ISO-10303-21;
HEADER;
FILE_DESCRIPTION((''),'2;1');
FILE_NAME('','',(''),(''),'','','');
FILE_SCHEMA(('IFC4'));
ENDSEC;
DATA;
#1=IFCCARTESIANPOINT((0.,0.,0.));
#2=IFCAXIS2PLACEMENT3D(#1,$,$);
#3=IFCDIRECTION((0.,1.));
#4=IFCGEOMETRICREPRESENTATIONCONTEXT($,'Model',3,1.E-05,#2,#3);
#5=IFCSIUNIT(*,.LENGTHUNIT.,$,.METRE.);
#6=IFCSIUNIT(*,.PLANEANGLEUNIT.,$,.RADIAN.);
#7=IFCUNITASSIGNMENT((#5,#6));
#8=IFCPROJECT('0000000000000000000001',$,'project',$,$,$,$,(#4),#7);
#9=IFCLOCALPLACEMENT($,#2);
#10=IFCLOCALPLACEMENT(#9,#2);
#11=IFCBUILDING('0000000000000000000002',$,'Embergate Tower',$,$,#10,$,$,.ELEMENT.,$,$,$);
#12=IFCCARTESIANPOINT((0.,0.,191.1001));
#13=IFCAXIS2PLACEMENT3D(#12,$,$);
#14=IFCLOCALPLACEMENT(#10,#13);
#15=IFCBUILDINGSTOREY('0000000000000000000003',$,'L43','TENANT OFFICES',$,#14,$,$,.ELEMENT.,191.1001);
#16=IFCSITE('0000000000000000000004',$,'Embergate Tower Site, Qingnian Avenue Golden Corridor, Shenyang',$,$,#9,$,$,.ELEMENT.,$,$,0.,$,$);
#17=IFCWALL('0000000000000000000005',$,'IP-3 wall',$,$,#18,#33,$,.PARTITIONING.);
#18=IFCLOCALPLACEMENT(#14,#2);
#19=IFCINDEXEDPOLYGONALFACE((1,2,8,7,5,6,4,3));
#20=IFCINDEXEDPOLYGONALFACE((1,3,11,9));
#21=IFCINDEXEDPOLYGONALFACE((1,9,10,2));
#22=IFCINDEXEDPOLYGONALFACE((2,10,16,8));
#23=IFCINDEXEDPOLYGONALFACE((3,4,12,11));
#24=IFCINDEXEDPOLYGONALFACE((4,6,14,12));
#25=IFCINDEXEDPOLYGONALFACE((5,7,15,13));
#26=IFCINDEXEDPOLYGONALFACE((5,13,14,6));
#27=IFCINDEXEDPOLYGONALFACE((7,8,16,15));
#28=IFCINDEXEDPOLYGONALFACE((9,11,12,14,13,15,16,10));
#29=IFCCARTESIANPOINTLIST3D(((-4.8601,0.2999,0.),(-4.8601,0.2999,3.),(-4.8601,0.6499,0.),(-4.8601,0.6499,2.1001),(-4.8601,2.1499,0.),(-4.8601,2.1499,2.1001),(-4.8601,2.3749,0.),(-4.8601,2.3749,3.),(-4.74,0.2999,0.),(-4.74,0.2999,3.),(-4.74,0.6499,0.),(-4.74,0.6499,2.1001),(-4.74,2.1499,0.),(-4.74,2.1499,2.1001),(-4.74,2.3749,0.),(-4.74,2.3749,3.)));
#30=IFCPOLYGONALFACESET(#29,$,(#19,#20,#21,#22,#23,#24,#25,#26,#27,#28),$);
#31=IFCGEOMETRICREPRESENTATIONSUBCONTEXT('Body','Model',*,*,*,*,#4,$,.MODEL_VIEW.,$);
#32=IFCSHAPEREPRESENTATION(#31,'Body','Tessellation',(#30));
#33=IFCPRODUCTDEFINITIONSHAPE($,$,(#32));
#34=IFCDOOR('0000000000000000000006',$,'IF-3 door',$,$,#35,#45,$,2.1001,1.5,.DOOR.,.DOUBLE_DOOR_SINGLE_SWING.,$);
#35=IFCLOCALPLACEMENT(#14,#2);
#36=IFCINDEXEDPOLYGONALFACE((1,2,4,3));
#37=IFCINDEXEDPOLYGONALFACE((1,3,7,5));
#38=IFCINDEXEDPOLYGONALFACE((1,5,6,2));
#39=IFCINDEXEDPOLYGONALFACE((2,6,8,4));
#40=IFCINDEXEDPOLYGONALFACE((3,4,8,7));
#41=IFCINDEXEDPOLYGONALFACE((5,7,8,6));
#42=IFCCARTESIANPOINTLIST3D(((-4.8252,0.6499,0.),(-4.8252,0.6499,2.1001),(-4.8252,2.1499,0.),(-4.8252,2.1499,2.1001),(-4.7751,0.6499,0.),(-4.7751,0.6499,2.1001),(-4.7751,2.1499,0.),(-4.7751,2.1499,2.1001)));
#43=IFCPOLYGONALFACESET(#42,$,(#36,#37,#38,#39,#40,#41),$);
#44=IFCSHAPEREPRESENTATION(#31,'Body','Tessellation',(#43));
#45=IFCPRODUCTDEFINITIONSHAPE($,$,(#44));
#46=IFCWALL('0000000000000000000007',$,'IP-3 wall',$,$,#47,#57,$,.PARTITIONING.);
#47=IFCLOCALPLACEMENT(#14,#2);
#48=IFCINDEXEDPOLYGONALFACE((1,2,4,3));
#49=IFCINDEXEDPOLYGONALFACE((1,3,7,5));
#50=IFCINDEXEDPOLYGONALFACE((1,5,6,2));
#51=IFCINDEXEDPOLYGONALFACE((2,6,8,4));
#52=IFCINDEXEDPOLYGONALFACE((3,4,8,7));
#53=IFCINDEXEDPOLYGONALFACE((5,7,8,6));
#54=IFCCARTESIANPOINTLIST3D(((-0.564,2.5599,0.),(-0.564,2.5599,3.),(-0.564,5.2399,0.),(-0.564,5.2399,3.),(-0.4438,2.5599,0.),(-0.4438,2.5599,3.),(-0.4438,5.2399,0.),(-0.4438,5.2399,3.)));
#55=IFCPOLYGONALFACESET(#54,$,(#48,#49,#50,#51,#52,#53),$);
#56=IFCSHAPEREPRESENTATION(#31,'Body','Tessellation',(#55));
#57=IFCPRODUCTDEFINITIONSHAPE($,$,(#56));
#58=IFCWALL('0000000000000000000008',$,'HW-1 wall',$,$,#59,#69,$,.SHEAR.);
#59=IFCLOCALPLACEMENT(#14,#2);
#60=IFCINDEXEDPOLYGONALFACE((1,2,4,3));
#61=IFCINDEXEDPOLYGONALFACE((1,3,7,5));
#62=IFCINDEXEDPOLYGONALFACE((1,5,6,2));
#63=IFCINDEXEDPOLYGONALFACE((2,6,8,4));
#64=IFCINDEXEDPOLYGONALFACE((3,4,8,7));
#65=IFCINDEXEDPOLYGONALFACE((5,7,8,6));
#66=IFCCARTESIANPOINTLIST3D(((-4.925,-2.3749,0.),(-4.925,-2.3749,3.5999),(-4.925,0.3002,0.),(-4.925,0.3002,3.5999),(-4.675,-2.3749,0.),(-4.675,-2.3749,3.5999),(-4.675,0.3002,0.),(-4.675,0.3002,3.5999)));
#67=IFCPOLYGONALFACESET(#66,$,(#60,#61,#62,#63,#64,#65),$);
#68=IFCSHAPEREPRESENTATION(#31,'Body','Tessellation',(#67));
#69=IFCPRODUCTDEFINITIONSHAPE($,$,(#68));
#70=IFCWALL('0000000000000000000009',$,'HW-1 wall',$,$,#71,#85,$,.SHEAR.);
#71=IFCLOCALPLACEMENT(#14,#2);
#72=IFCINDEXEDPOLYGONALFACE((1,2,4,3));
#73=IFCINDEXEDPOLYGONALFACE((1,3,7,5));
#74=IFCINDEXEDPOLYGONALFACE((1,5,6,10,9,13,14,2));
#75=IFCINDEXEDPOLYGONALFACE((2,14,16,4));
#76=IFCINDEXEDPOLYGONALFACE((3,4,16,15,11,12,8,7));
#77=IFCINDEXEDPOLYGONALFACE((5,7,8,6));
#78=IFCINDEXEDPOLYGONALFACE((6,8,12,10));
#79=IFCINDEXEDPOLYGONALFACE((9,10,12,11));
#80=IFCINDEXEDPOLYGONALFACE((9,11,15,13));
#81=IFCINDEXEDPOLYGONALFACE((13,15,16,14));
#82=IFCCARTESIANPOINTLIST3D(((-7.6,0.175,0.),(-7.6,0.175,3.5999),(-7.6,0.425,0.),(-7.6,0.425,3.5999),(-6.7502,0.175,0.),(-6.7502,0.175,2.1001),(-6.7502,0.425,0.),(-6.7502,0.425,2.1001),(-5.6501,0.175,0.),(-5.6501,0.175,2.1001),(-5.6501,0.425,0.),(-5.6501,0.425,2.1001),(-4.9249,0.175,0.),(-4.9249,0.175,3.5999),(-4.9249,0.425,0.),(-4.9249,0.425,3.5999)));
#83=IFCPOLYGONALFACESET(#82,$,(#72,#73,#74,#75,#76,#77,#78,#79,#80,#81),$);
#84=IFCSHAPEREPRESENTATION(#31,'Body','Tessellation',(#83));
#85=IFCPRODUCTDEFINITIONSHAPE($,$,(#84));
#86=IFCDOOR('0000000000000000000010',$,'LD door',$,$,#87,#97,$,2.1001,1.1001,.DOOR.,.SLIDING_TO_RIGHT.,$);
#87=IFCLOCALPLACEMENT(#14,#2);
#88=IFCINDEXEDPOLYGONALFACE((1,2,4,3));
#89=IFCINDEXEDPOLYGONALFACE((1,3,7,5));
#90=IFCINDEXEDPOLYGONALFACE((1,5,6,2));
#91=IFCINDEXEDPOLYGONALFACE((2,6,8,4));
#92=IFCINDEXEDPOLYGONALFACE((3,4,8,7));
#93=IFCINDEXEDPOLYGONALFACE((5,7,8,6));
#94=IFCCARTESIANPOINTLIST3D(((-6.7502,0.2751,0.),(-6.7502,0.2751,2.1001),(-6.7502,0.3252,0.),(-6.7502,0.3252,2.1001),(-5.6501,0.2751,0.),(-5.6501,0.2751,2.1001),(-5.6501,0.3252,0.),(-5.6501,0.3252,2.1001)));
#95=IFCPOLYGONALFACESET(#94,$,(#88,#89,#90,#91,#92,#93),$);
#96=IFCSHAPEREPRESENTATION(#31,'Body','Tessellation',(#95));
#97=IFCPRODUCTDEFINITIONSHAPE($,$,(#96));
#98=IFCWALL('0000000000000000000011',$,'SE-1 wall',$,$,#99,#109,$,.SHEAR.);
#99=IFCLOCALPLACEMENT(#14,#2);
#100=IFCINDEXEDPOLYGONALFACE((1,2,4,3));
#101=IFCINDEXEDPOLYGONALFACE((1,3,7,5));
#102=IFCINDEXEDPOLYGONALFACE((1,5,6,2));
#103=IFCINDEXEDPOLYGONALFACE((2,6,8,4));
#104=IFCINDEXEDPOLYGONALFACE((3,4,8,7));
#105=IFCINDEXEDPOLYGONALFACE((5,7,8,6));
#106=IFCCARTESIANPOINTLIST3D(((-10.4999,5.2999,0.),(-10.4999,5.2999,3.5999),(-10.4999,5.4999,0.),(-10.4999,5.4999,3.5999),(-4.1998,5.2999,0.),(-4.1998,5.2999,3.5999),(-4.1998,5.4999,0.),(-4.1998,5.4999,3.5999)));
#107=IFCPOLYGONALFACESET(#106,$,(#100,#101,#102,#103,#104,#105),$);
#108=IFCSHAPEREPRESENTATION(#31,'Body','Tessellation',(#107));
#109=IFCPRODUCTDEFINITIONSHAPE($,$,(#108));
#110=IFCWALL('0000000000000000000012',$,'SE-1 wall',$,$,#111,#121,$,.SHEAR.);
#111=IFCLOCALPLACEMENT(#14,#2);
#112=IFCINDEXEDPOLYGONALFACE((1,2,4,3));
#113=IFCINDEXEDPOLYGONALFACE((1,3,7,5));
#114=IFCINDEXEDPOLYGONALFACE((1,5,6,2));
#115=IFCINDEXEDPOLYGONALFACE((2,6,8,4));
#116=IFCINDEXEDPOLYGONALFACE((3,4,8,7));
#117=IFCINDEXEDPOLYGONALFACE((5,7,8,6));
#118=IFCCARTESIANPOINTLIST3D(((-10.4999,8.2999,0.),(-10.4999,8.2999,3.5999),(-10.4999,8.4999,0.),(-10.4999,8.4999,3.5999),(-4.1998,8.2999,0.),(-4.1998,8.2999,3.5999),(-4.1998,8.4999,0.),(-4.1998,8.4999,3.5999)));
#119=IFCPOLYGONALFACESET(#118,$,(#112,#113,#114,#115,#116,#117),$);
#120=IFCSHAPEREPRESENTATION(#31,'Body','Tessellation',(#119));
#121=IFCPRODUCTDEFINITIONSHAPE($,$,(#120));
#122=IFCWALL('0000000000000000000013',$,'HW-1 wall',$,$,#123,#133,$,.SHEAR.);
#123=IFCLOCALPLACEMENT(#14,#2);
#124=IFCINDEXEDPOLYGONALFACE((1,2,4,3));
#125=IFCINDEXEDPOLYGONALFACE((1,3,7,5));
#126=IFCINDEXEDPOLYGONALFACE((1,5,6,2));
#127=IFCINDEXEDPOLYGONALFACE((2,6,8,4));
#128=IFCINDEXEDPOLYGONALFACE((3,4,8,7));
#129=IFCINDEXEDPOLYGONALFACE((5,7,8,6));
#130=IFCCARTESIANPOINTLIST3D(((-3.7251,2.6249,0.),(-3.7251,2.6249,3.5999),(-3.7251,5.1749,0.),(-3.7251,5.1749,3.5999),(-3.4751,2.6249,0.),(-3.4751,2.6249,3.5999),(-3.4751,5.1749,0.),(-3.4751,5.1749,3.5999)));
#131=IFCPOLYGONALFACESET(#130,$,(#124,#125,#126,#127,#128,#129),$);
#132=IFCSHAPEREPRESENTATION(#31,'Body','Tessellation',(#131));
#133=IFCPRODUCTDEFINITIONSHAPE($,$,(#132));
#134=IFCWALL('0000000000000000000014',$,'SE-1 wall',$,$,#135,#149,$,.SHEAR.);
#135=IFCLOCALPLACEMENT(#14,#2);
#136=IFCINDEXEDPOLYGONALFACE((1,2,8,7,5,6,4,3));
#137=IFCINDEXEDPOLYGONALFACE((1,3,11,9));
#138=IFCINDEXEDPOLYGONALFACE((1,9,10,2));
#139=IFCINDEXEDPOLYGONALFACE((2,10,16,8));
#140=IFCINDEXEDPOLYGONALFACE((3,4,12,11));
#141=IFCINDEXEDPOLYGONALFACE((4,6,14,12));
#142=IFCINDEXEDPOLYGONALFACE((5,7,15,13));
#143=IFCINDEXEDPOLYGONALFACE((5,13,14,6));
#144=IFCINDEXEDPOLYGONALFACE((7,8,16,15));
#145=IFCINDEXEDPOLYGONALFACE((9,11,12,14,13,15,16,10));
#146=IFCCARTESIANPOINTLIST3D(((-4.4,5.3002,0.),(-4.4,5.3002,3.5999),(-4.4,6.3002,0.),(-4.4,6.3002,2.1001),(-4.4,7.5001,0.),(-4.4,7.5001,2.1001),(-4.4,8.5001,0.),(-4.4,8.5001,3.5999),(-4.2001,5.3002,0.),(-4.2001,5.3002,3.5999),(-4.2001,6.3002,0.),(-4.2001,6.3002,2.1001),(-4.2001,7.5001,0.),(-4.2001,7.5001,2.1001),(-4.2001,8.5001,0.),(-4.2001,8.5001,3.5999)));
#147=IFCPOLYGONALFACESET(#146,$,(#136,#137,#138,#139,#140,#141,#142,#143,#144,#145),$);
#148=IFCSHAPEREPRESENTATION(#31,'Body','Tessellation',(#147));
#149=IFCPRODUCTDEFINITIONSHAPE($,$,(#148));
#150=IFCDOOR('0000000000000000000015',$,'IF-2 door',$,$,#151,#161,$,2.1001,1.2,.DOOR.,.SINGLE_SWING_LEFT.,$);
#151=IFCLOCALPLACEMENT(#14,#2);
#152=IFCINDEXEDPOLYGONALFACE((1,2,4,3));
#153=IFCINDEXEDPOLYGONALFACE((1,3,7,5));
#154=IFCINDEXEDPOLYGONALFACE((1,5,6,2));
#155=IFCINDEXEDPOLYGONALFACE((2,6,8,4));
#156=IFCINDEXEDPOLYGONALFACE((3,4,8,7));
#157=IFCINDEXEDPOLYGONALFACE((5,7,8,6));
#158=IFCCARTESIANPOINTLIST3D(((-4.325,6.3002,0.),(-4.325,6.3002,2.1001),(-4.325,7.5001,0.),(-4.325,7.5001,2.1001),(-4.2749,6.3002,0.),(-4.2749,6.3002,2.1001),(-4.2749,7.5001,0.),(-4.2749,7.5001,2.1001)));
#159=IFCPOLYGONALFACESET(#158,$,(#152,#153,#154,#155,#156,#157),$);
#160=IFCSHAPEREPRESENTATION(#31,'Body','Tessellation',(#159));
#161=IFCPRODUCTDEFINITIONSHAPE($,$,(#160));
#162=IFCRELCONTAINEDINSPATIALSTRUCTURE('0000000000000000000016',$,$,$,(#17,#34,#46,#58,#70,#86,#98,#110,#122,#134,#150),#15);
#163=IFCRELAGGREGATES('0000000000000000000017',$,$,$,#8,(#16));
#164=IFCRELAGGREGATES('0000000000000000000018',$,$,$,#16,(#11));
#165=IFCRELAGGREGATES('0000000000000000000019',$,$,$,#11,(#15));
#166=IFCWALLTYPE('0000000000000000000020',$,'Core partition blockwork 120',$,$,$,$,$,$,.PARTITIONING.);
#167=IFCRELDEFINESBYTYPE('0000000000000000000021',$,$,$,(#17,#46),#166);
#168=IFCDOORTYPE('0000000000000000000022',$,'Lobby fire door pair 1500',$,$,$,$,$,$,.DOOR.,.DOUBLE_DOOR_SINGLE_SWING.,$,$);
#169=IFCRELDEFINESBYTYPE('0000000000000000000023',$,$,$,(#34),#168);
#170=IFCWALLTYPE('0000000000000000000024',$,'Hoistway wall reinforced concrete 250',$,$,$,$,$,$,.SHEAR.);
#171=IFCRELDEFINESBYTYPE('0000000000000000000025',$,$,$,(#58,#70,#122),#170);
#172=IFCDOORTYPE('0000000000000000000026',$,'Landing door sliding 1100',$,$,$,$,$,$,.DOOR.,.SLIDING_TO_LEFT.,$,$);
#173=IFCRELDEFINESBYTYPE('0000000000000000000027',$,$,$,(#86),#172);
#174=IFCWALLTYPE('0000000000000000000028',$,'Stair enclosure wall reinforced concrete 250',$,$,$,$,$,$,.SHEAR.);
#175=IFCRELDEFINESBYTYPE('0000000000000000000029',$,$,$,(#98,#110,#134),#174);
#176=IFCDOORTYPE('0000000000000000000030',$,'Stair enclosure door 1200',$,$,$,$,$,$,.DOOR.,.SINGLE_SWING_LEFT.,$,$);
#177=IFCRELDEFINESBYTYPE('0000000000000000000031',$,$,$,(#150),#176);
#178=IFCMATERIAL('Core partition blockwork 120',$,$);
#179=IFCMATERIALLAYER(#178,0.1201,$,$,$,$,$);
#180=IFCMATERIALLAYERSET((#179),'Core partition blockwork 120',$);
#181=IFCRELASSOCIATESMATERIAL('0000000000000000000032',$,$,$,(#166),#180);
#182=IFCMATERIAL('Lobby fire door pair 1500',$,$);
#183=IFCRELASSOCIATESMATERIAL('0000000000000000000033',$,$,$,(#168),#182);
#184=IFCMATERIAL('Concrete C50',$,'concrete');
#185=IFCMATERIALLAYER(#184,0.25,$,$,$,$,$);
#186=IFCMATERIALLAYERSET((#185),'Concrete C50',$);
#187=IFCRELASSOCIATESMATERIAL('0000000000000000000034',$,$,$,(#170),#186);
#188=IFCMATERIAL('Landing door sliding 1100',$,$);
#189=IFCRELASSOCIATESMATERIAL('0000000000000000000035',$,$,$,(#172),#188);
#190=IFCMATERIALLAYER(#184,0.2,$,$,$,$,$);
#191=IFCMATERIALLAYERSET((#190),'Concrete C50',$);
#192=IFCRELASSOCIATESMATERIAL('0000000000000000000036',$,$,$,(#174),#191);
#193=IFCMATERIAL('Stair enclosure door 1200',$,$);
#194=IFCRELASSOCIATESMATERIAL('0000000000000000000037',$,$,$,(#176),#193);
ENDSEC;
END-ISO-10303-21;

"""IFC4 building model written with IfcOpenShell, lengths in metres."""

from ifc_helpers import new_model, si_unit, direction, frame, frame_2d, origin, place, context, subcontext, project, spatial, rectangle, extrude, source, transform, mapped, material, layer, layer_set, type_object, element, fill, save


model = new_model("IFC4")

# Units and contexts
model_context = context("Model", 3, precision=1e-05, world=origin(), true_north=direction((0.0, 1.0)))
body_context = subcontext(model_context, "Body", "Model", "MODEL_VIEW")
ifc_project = project(units=[si_unit("LENGTHUNIT", "METRE"), si_unit("PLANEANGLEUNIT", "RADIAN")], contexts=[model_context])

# Site, building, storey
site_placement = place(None, origin())
site = spatial("IfcSite", under=ifc_project, at=site_placement, Name="Embergate Tower Site, Qingnian Avenue Golden Corridor, Shenyang", CompositionType="ELEMENT", RefElevation=0.0)
building_placement = place(site_placement, origin())
building = spatial("IfcBuilding", under=site, at=building_placement, Name="Embergate Tower", CompositionType="ELEMENT")
storey_placement = place(building_placement, frame((0.0, 0.0, 191.1001)))
storey = spatial("IfcBuildingStorey", under=building, at=storey_placement, Name="L43", Description="TENANT OFFICES", CompositionType="ELEMENT", Elevation=191.1001)

# Wall, opening, door
ifc_material_1 = material(Name="Core partition blockwork 120")
ifc_layer_1 = layer(ifc_material_1, 0.1201)
ifc_layer_set_1 = layer_set([ifc_layer_1], Name="Core partition blockwork 120")
wall_type_1 = type_object("IfcWallType", Name="Core partition blockwork 120", PredefinedType="PARTITIONING", material=ifc_layer_set_1)
shared_shape_1 = source(origin(), body_context, "Body", "SweptSolid", [
    extrude(rectangle(XDim=2.075, YDim=0.1201, at=frame_2d((1.0376, 0.0))), origin(), (0.0, 0.0, 1.0), 3.0),
])
wall_1_placement = place(storey_placement, frame((-4.8, 2.375, 0.0), z_axis=(0.0, 0.0, 1.0), x_axis=(0.0, -1.0, 0.0)))
wall_1 = element("IfcWall", 1, at=wall_1_placement, inside=storey, type_object=wall_type_1, Name="IP-3 wall", PredefinedType="PARTITIONING", context=body_context, shape_type="MappedRepresentation", body=[
    mapped(shared_shape_1, transform((0.0, 0.0, 0.0))),
])
shared_shape_2 = source(origin(), body_context, "Body", "SweptSolid", [
    extrude(rectangle(XDim=1.5, YDim=2.1001, at=frame_2d((0.75, 1.05))), frame((0.0, 0.0701, 0.0), z_axis=(0.0, -1.0, 0.0), x_axis=(1.0, 0.0, 0.0)), (0.0, 0.0, 1.0), 0.1401),
])
opening_1_placement = place(wall_1_placement, frame((0.2251, 0.0, 0.0)))
opening_1 = element("IfcOpeningElement", 2, at=opening_1_placement, cuts=wall_1, PredefinedType="OPENING", context=body_context, shape_type="MappedRepresentation", body=[
    mapped(shared_shape_2, transform((0.0, 0.0, 0.0))),
])
ifc_material_2 = material(Name="Lobby fire door pair 1500")
door_type_1 = type_object("IfcDoorType", Name="Lobby fire door pair 1500", OperationType="DOUBLE_DOOR_SINGLE_SWING", PredefinedType="DOOR", material=ifc_material_2)
shared_shape_3 = source(origin(), body_context, "Body", "SweptSolid", [
    extrude(rectangle(XDim=1.5, YDim=2.1001, at=frame_2d((0.75, 1.05))), frame((0.0, 0.0249, 0.0), z_axis=(0.0, -1.0, 0.0), x_axis=(1.0, 0.0, 0.0)), (0.0, 0.0, 1.0), 0.05),
])
door_1_placement = place(opening_1_placement, origin())
door_1 = element("IfcDoor", 3, at=door_1_placement, inside=storey, type_object=door_type_1, Name="IF-3 door", OperationType="DOUBLE_DOOR_SINGLE_SWING", OverallHeight=2.1001, OverallWidth=1.5, PredefinedType="DOOR", context=body_context, shape_type="MappedRepresentation", body=[
    mapped(shared_shape_3, transform((0.0, 0.0, 0.0))),
])
fill(opening_1, door_1)

# Walls
shared_shape_4 = source(origin(), body_context, "Body", "SweptSolid", [
    extrude(rectangle(XDim=2.6799, YDim=0.1201, at=frame_2d((1.3398, 0.0))), origin(), (0.0, 0.0, 1.0), 3.0),
])
wall_2_placement = place(storey_placement, frame((-0.5039, 2.5601, 0.0), z_axis=(0.0, 0.0, 1.0), x_axis=(0.0, 1.0, 0.0)))
element("IfcWall", 4, at=wall_2_placement, inside=storey, type_object=wall_type_1, Name="IP-3 wall", PredefinedType="PARTITIONING", context=body_context, shape_type="MappedRepresentation", body=[
    mapped(shared_shape_4, transform((0.0, 0.0, 0.0))),
])
ifc_material_3 = material(Name="Concrete C50", Category="concrete")
ifc_layer_2 = layer(ifc_material_3, 0.25)
ifc_layer_set_2 = layer_set([ifc_layer_2], Name="Concrete C50")
wall_type_2 = type_object("IfcWallType", Name="Hoistway wall reinforced concrete 250", PredefinedType="SHEAR", material=ifc_layer_set_2)
shared_shape_5 = source(origin(), body_context, "Body", "SweptSolid", [
    extrude(rectangle(XDim=2.675, YDim=0.25, at=frame_2d((1.3374, 0.0))), origin(), (0.0, 0.0, 1.0), 3.5999),
])
wall_3_placement = place(storey_placement, frame((-4.8, 0.3, 0.0), z_axis=(0.0, 0.0, 1.0), x_axis=(0.0, -1.0, 0.0)))
element("IfcWall", 5, at=wall_3_placement, inside=storey, type_object=wall_type_2, Name="HW-1 wall", PredefinedType="SHEAR", context=body_context, shape_type="MappedRepresentation", body=[
    mapped(shared_shape_5, transform((0.0, 0.0, 0.0))),
])

# Wall, opening, door
wall_4_placement = place(storey_placement, frame((-4.925, 0.3, 0.0), z_axis=(0.0, 0.0, 1.0), x_axis=(-1.0, 0.0, 0.0)))
wall_4 = element("IfcWall", 6, at=wall_4_placement, inside=storey, type_object=wall_type_2, Name="HW-1 wall", PredefinedType="SHEAR", context=body_context, shape_type="MappedRepresentation", body=[
    mapped(shared_shape_5, transform((0.0, 0.0, 0.0))),
])
shared_shape_6 = source(origin(), body_context, "Body", "SweptSolid", [
    extrude(rectangle(XDim=1.1001, YDim=2.1001, at=frame_2d((0.55, 1.05))), frame((0.0, 0.135, 0.0), z_axis=(0.0, -1.0, 0.0), x_axis=(1.0, 0.0, 0.0)), (0.0, 0.0, 1.0), 0.27),
])
opening_2_placement = place(wall_4_placement, frame((0.7251, 0.0, 0.0)))
opening_2 = element("IfcOpeningElement", 7, at=opening_2_placement, cuts=wall_4, PredefinedType="OPENING", context=body_context, shape_type="MappedRepresentation", body=[
    mapped(shared_shape_6, transform((0.0, 0.0, 0.0))),
])
ifc_material_4 = material(Name="Landing door sliding 1100")
door_type_2 = type_object("IfcDoorType", Name="Landing door sliding 1100", OperationType="SLIDING_TO_LEFT", PredefinedType="DOOR", material=ifc_material_4)
shared_shape_7 = source(origin(), body_context, "Body", "SweptSolid", [
    extrude(rectangle(XDim=1.1001, YDim=2.1001, at=frame_2d((0.55, 1.05))), frame((0.0, 0.0249, 0.0), z_axis=(0.0, -1.0, 0.0), x_axis=(1.0, 0.0, 0.0)), (0.0, 0.0, 1.0), 0.05),
])
door_2_placement = place(opening_2_placement, origin())
door_2 = element("IfcDoor", 8, at=door_2_placement, inside=storey, type_object=door_type_2, Name="LD door", OperationType="SLIDING_TO_RIGHT", OverallHeight=2.1001, OverallWidth=1.1001, PredefinedType="DOOR", context=body_context, shape_type="MappedRepresentation", body=[
    mapped(shared_shape_7, transform((0.0, 0.0, 0.0))),
])
fill(opening_2, door_2)

# Walls
ifc_layer_3 = layer(ifc_material_3, 0.2)
ifc_layer_set_3 = layer_set([ifc_layer_3], Name="Concrete C50")
wall_type_3 = type_object("IfcWallType", Name="Stair enclosure wall reinforced concrete 250", PredefinedType="SHEAR", material=ifc_layer_set_3)
shared_shape_8 = source(origin(), body_context, "Body", "SweptSolid", [
    extrude(rectangle(XDim=6.3, YDim=0.2, at=frame_2d((3.1499, 0.0))), origin(), (0.0, 0.0, 1.0), 3.5999),
])
for number, where, z_axis, x_axis, name in (
    (9, (-4.2, 5.3999, 0.0), (0.0, 0.0, 1.0), (-1.0, 0.0, 0.0), "SE-1 wall"),
    (10, (-4.2, 8.3999, 0.0), (0.0, 0.0, 1.0), (-1.0, 0.0, 0.0), "SE-1 wall"),
):
    element("IfcWall", number, at=place(storey_placement, frame(where, z_axis=z_axis, x_axis=x_axis)), inside=storey, type_object=wall_type_3, Name=name, PredefinedType="SHEAR", context=body_context, shape_type="MappedRepresentation", body=[
        mapped(shared_shape_8, transform((0.0, 0.0, 0.0))),
    ])
shared_shape_9 = source(origin(), body_context, "Body", "SweptSolid", [
    extrude(rectangle(XDim=2.55, YDim=0.25, at=frame_2d((1.2749, 0.0))), origin(), (0.0, 0.0, 1.0), 3.5999),
])
wall_5_placement = place(storey_placement, frame((-3.6001, 2.625, 0.0), z_axis=(0.0, 0.0, 1.0), x_axis=(0.0, 1.0, 0.0)))
element("IfcWall", 11, at=wall_5_placement, inside=storey, type_object=wall_type_2, Name="HW-1 wall", PredefinedType="SHEAR", context=body_context, shape_type="MappedRepresentation", body=[
    mapped(shared_shape_9, transform((0.0, 0.0, 0.0))),
])

# Wall, opening, door
shared_shape_10 = source(origin(), body_context, "Body", "SweptSolid", [
    extrude(rectangle(XDim=3.2, YDim=0.2, at=frame_2d((1.6001, 0.0))), origin(), (0.0, 0.0, 1.0), 3.5999),
])
wall_6_placement = place(storey_placement, frame((-4.3, 5.3, 0.0), z_axis=(0.0, 0.0, 1.0), x_axis=(0.0, 1.0, 0.0)))
wall_6 = element("IfcWall", 12, at=wall_6_placement, inside=storey, type_object=wall_type_3, Name="SE-1 wall", PredefinedType="SHEAR", context=body_context, shape_type="MappedRepresentation", body=[
    mapped(shared_shape_10, transform((0.0, 0.0, 0.0))),
])
shared_shape_11 = source(origin(), body_context, "Body", "SweptSolid", [
    extrude(rectangle(XDim=1.2, YDim=2.1001, at=frame_2d((0.6001, 1.05))), frame((0.0, 0.1099, 0.0), z_axis=(0.0, -1.0, 0.0), x_axis=(1.0, 0.0, 0.0)), (0.0, 0.0, 1.0), 0.22),
])
opening_3_placement = place(wall_6_placement, frame((1.0, 0.0, 0.0)))
opening_3 = element("IfcOpeningElement", 13, at=opening_3_placement, cuts=wall_6, PredefinedType="OPENING", context=body_context, shape_type="MappedRepresentation", body=[
    mapped(shared_shape_11, transform((0.0, 0.0, 0.0))),
])
ifc_material_5 = material(Name="Stair enclosure door 1200")
door_type_3 = type_object("IfcDoorType", Name="Stair enclosure door 1200", OperationType="SINGLE_SWING_LEFT", PredefinedType="DOOR", material=ifc_material_5)
shared_shape_12 = source(origin(), body_context, "Body", "SweptSolid", [
    extrude(rectangle(XDim=1.2, YDim=2.1001, at=frame_2d((0.6001, 1.05))), frame((0.0, 0.0249, 0.0), z_axis=(0.0, -1.0, 0.0), x_axis=(1.0, 0.0, 0.0)), (0.0, 0.0, 1.0), 0.05),
])
door_3_placement = place(opening_3_placement, origin())
door_3 = element("IfcDoor", 14, at=door_3_placement, inside=storey, type_object=door_type_3, Name="IF-2 door", OperationType="SINGLE_SWING_LEFT", OverallHeight=2.1001, OverallWidth=1.2, PredefinedType="DOOR", context=body_context, shape_type="MappedRepresentation", body=[
    mapped(shared_shape_12, transform((0.0, 0.0, 0.0))),
])
fill(opening_3, door_3)

save(model, "model.ifc")
